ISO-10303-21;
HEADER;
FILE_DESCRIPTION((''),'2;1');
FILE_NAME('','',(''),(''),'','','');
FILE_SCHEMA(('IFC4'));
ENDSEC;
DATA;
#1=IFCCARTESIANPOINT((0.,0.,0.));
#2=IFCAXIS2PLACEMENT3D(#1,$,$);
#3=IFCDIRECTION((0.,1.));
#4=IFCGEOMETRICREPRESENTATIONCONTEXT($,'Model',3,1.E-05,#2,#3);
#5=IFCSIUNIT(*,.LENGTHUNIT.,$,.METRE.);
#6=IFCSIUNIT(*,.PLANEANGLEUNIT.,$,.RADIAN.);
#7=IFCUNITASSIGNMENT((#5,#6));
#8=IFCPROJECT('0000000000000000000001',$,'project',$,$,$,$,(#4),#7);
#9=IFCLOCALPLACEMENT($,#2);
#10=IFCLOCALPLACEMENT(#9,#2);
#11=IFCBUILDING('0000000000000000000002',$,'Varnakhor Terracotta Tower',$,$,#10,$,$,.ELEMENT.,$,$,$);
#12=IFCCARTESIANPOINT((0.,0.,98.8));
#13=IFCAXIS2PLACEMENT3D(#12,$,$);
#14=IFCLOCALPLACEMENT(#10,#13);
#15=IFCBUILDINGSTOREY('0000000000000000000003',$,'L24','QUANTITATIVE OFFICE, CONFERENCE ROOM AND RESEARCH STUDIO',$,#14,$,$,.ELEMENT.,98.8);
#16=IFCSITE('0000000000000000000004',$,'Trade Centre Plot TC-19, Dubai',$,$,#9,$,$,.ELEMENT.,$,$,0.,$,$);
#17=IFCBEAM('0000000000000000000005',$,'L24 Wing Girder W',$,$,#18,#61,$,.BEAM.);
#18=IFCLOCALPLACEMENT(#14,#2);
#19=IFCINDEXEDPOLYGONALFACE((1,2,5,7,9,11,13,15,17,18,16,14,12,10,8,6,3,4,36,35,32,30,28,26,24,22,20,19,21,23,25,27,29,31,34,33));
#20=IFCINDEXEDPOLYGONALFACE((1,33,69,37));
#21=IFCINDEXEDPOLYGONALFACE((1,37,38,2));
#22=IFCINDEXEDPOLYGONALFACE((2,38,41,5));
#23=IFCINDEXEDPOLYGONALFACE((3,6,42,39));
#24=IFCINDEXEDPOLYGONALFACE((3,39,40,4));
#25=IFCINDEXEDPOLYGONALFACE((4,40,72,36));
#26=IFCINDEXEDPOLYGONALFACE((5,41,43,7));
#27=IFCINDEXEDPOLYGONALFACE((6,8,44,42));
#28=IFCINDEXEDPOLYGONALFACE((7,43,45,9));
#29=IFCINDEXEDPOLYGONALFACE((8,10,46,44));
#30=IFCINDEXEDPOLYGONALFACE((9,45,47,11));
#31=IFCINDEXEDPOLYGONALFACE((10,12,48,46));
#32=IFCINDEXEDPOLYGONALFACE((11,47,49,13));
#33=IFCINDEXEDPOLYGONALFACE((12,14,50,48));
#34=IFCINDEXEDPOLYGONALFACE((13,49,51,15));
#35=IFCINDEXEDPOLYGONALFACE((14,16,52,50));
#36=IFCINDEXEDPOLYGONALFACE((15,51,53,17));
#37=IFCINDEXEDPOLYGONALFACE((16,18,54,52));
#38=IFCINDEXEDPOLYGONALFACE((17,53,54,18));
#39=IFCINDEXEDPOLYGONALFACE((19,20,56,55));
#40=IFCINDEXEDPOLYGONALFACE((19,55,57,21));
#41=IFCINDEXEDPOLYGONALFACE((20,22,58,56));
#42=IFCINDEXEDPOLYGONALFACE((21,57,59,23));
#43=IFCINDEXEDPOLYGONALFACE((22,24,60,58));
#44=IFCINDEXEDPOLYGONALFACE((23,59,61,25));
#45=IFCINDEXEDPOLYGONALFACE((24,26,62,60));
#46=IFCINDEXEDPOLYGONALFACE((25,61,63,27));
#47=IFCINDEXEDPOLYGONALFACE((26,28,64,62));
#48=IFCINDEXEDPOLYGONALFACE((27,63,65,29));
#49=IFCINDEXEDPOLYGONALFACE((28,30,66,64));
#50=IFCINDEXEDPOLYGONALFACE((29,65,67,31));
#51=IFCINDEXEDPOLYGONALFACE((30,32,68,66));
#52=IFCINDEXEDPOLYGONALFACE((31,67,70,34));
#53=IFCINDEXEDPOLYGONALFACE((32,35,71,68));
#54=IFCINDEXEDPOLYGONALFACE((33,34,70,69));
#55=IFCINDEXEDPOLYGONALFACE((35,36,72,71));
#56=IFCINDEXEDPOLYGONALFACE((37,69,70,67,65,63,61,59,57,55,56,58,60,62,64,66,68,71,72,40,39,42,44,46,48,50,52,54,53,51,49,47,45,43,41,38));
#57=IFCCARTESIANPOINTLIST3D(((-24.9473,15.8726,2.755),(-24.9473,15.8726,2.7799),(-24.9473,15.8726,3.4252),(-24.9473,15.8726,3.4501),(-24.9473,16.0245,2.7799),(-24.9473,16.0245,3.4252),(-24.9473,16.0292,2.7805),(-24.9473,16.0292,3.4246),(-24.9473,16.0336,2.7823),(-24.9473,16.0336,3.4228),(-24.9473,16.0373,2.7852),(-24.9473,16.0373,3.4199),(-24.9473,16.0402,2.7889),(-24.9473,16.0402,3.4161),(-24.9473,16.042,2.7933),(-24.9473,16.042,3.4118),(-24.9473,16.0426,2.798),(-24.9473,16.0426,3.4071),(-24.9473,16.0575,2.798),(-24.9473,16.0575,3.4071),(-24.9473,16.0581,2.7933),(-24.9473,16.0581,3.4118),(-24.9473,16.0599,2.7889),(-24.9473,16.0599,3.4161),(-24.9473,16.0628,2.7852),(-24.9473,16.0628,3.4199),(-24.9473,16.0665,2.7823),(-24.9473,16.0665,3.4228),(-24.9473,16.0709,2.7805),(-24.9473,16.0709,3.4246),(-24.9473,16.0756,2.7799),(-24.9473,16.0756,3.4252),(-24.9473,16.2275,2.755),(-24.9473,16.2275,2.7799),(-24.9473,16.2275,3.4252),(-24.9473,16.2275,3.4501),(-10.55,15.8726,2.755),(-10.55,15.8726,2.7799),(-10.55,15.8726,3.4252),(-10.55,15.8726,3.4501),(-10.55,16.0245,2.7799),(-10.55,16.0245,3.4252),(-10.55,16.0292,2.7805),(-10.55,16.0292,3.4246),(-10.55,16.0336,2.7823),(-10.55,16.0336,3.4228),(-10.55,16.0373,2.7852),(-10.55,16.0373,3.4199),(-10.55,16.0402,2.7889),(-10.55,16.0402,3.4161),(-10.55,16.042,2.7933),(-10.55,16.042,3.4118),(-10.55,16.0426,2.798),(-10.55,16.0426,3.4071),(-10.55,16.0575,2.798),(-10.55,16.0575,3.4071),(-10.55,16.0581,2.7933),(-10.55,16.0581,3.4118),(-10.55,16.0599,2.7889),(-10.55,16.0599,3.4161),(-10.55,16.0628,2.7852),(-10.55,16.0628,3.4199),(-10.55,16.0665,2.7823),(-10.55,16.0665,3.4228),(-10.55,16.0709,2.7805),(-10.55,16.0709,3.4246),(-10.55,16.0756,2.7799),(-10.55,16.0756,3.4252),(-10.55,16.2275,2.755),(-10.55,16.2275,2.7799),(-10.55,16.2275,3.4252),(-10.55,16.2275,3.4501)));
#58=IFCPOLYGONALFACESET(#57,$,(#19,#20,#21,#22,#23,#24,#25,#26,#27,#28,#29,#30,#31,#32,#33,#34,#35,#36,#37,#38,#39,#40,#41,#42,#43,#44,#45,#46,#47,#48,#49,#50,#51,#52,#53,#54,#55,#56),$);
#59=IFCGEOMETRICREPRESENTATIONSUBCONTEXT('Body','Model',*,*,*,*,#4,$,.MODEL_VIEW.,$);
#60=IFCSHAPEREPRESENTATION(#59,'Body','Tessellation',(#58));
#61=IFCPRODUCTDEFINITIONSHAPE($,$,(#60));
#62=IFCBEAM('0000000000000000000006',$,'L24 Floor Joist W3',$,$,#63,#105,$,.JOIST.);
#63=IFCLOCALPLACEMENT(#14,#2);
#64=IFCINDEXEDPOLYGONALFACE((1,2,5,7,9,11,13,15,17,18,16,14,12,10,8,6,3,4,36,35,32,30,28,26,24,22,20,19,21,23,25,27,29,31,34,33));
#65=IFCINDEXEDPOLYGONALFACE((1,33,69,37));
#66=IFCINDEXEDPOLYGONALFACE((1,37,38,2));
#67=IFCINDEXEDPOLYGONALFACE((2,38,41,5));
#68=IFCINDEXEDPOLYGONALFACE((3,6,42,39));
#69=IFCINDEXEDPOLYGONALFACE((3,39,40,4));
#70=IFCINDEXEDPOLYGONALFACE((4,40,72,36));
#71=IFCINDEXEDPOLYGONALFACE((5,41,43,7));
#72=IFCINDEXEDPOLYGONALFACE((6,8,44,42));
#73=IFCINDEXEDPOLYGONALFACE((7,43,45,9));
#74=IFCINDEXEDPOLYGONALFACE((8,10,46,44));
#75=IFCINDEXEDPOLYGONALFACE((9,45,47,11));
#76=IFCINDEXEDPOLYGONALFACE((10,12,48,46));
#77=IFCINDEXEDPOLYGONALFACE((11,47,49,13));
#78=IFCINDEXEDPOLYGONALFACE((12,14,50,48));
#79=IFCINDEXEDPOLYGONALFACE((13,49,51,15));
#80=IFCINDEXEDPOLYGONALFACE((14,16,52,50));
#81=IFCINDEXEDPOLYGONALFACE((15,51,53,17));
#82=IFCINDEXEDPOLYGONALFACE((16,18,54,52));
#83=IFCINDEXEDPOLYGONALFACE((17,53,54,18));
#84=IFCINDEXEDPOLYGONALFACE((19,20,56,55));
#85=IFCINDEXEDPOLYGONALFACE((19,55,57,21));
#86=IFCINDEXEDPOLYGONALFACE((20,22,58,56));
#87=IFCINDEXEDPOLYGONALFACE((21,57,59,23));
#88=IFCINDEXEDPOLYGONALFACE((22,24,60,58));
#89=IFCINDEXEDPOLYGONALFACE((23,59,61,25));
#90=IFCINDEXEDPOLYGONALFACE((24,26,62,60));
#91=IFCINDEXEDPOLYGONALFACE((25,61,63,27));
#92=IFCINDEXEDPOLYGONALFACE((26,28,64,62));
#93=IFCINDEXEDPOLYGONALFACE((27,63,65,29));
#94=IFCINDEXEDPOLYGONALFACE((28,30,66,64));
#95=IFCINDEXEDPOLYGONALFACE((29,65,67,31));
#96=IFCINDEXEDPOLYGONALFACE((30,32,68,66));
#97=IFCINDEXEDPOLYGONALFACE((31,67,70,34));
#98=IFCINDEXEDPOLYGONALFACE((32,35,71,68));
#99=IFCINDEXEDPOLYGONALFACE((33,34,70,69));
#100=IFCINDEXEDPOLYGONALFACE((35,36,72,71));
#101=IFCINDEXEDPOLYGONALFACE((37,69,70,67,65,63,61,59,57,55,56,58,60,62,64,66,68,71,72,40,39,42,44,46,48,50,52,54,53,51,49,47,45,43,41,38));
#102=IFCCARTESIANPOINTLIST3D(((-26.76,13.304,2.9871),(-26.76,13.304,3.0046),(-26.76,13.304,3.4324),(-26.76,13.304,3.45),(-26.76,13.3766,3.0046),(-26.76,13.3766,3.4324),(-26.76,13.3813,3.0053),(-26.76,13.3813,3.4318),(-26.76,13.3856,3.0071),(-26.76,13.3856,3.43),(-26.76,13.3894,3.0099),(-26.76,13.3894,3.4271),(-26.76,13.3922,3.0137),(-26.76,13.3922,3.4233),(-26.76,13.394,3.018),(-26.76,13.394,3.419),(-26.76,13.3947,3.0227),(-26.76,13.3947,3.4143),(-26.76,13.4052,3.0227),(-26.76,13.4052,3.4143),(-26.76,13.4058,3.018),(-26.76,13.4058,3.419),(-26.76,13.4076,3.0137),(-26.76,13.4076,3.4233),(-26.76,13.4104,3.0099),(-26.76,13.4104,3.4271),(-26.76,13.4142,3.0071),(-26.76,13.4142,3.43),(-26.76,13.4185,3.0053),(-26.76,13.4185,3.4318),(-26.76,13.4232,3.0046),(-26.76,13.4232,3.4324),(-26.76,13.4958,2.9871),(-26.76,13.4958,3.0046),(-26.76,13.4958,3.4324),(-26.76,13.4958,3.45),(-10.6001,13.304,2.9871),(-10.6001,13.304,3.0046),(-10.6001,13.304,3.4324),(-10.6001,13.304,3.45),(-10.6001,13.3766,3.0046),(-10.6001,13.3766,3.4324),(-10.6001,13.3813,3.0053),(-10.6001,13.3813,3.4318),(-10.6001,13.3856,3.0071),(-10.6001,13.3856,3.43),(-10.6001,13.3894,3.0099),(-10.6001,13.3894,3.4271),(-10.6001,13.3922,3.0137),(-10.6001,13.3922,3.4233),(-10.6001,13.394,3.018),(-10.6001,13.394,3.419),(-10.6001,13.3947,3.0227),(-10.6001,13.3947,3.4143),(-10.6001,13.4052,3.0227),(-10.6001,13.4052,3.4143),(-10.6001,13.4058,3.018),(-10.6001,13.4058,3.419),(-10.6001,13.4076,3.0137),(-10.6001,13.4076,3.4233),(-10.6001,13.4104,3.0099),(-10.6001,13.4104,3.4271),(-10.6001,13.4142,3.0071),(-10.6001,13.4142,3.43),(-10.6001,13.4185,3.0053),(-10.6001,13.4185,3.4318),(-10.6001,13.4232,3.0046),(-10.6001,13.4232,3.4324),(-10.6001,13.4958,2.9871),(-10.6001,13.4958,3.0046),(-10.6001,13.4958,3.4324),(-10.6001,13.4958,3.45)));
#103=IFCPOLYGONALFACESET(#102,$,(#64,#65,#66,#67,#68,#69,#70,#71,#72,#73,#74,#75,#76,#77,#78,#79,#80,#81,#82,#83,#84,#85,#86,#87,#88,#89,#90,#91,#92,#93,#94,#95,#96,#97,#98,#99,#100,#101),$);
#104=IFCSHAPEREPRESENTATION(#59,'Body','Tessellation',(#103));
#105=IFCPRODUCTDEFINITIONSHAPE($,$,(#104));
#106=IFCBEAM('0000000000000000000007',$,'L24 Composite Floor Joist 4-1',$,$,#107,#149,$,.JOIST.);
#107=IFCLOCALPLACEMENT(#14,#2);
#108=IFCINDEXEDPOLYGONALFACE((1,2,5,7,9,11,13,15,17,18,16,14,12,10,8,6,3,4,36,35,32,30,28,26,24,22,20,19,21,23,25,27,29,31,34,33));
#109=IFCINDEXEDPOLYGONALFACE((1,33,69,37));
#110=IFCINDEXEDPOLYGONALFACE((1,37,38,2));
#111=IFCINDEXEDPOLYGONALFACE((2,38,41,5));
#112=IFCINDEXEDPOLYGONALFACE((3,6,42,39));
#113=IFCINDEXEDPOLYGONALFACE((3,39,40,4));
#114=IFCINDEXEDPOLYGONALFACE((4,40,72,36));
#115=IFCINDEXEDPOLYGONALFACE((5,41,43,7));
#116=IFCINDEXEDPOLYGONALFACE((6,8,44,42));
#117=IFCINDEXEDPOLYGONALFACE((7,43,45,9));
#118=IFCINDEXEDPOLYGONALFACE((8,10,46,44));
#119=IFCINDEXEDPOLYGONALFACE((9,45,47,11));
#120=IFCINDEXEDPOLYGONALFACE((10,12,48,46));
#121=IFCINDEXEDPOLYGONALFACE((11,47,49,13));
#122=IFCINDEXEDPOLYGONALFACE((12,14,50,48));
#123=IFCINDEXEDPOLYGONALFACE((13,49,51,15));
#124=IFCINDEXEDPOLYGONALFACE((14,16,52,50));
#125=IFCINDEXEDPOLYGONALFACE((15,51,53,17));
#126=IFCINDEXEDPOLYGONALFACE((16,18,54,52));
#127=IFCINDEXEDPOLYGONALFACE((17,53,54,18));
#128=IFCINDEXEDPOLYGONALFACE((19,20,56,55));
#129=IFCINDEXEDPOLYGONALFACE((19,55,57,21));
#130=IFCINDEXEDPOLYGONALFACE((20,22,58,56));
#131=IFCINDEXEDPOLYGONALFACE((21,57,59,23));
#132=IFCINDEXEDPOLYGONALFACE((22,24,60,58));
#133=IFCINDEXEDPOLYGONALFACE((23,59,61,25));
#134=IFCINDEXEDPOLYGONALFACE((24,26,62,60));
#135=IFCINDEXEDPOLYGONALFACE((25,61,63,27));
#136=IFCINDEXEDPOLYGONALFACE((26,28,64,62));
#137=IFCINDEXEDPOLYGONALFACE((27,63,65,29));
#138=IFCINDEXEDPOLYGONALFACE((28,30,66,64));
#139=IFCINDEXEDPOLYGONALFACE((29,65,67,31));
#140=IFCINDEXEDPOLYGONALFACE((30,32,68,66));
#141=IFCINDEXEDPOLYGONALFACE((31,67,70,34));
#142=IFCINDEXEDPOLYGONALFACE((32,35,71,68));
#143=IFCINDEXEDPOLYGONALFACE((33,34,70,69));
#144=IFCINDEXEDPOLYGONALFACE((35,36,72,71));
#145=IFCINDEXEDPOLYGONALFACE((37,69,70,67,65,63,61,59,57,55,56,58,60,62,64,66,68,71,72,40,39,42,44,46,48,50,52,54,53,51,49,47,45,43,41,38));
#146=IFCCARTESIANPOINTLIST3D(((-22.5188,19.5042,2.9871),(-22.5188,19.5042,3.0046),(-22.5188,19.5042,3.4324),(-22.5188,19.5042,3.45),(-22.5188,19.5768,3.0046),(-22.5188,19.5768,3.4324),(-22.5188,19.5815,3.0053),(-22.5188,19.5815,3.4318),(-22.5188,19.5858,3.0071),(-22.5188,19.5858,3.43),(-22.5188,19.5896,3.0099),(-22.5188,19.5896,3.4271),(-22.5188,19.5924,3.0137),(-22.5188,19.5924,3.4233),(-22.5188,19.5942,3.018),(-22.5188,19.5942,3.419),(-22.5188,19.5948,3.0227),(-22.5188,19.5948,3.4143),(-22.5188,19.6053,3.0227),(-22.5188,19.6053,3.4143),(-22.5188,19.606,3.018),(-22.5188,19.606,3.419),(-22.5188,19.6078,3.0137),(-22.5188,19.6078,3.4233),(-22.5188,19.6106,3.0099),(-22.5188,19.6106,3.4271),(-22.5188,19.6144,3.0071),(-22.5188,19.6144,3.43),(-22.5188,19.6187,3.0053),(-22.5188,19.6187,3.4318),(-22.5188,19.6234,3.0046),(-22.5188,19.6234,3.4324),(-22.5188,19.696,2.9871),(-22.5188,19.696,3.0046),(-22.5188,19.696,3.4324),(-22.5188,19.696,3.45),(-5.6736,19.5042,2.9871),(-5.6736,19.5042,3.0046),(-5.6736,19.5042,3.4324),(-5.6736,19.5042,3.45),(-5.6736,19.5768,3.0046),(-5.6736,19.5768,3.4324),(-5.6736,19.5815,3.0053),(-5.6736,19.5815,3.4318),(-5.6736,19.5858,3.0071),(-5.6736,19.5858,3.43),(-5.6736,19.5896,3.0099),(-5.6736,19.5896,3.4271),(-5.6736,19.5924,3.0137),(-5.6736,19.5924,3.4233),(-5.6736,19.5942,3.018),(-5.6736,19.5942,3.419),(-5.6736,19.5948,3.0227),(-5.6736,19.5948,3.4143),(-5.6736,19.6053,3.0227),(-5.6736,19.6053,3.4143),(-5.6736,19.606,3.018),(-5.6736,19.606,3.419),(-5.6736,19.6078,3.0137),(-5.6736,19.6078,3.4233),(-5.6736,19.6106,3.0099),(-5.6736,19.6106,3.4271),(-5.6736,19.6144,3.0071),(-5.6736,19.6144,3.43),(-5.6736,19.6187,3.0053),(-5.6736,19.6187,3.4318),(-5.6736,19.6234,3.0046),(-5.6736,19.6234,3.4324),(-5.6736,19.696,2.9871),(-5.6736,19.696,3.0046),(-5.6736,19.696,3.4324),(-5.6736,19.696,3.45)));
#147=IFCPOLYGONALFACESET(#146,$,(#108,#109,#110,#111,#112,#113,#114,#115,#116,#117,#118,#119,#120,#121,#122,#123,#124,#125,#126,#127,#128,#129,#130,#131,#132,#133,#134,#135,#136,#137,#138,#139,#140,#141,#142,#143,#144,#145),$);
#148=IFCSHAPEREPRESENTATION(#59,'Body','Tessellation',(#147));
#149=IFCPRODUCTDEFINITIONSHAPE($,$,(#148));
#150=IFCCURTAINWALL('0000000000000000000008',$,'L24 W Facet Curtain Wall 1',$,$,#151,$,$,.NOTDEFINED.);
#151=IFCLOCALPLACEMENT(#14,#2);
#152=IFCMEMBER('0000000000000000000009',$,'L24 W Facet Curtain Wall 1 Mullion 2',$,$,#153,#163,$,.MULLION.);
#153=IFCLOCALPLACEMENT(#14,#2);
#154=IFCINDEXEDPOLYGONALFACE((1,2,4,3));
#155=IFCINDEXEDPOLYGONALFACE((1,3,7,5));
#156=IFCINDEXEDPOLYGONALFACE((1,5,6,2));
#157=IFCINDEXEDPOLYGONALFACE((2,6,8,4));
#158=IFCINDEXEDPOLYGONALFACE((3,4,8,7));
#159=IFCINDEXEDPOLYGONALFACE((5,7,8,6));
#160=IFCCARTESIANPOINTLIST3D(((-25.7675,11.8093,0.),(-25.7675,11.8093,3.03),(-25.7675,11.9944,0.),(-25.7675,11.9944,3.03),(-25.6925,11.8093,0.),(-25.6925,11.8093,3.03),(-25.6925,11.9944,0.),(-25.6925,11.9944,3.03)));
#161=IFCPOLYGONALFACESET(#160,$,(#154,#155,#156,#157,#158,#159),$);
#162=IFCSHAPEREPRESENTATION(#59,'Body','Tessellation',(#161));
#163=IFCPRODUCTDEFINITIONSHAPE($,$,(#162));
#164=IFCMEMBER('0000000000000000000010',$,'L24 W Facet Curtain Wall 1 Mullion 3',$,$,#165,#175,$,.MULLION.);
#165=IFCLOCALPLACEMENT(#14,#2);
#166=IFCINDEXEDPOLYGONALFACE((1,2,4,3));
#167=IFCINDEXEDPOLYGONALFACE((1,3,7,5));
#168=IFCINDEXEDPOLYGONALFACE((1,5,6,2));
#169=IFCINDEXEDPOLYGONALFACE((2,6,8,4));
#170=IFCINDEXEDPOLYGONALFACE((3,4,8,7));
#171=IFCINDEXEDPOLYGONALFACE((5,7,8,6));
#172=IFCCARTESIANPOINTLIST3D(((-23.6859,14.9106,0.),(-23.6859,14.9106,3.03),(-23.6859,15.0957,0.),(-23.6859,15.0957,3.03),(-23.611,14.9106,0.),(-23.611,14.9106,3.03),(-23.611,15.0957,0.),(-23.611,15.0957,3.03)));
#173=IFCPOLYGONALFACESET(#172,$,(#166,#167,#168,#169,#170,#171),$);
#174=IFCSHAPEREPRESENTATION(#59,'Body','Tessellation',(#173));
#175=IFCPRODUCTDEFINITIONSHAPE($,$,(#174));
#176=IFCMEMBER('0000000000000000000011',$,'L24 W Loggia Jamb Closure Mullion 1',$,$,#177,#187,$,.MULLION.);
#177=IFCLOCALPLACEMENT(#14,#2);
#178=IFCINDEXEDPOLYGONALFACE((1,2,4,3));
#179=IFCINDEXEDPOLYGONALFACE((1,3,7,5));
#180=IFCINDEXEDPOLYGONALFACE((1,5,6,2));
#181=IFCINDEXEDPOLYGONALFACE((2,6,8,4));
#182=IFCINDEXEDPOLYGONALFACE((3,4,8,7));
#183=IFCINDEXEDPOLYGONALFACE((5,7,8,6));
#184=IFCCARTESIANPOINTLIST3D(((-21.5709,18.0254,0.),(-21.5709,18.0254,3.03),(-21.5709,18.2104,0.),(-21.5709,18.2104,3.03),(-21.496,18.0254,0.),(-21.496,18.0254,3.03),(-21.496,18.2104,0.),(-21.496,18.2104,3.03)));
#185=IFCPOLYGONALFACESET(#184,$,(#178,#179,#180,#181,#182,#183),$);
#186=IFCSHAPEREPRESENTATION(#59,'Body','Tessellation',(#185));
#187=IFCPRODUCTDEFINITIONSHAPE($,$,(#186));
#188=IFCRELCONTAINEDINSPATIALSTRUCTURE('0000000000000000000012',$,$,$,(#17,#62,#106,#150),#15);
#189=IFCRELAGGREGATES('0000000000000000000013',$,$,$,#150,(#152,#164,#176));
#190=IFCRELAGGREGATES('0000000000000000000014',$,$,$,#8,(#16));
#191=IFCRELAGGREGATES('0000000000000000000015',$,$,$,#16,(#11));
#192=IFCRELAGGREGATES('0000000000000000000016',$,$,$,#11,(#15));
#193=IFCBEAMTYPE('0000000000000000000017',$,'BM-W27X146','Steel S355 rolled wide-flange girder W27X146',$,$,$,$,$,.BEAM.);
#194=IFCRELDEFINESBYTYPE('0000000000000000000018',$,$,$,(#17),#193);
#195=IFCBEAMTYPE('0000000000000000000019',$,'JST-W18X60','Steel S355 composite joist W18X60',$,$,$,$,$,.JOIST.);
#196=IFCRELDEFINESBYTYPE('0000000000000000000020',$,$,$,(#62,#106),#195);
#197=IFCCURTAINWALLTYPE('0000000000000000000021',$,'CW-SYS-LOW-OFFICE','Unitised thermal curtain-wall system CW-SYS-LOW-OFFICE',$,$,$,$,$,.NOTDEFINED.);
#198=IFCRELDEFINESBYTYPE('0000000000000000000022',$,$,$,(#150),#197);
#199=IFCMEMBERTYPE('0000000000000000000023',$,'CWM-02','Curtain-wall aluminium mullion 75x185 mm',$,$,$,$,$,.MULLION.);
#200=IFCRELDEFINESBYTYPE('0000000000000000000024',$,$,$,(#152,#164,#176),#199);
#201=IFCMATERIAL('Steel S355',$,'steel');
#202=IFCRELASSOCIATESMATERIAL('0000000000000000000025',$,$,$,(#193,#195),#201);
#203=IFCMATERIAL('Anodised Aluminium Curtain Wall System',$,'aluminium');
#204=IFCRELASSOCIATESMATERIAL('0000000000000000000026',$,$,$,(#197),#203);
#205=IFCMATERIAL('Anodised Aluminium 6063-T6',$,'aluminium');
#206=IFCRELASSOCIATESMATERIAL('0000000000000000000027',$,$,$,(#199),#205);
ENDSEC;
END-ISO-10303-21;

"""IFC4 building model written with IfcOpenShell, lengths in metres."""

from ifc_helpers import new_model, si_unit, direction, frame, origin, origin_2d, place, context, subcontext, project, spatial, rectangle, i_section, extrude, source, transform, mapped, material, material_profile, profile_set, type_object, type_shapes, element, aggregate, save


model = new_model("IFC4")

# Units and contexts
model_context = context("Model", 3, precision=1e-05, world=origin(), true_north=direction((0.0, 1.0)))
body_context = subcontext(model_context, "Body", "Model", "MODEL_VIEW")
ifc_project = project(units=[si_unit("LENGTHUNIT", "METRE"), si_unit("PLANEANGLEUNIT", "RADIAN")], contexts=[model_context])

# Site, building, storey
site_placement = place(None, origin())
site = spatial("IfcSite", under=ifc_project, at=site_placement, Name="Trade Centre Plot TC-19, Dubai", CompositionType="ELEMENT", RefElevation=0.0)
building_placement = place(site_placement, origin())
building = spatial("IfcBuilding", under=site, at=building_placement, Name="Varnakhor Terracotta Tower", CompositionType="ELEMENT")
storey_placement = place(building_placement, frame((0.0, 0.0, 98.8)))
storey = spatial("IfcBuildingStorey", under=building, at=storey_placement, Name="L24", Description="QUANTITATIVE OFFICE, CONFERENCE ROOM AND RESEARCH STUDIO", CompositionType="ELEMENT", Elevation=98.8)

# Beams
ifc_material_1 = material(Name="Steel S355", Category="steel")
ifc_material_profile_1 = material_profile(ifc_material_1, i_section(OverallWidth=0.355, OverallDepth=0.6951, WebThickness=0.0149, FlangeThickness=0.0249, FilletRadius=0.0181, at=origin_2d()), Name="W27X146")
ifc_profile_set_1 = profile_set([ifc_material_profile_1], Name="Steel S355")
beam_type_1 = type_object("IfcBeamType", Name="BM-W27X146", Description="Steel S355 rolled wide-flange girder W27X146", PredefinedType="BEAM", material=ifc_profile_set_1)
shared_shape_1 = source(origin(), body_context, "Body", "SweptSolid", [
    extrude(i_section(OverallWidth=0.355, OverallDepth=0.6951, WebThickness=0.0149, FlangeThickness=0.0249, FilletRadius=0.0181, at=origin_2d()), origin(), (0.0, 0.0, 1.0), 14.3972),
])
beam_1_placement = place(storey_placement, frame((-24.9473, 16.05, 3.1025), z_axis=(1.0, 0.0, 0.0), x_axis=(0.0, 1.0, 0.0)))
element("IfcBeam", 1, at=beam_1_placement, inside=storey, type_object=beam_type_1, Name="L24 Wing Girder W", PredefinedType="BEAM", context=body_context, shape_type="MappedRepresentation", body=[
    mapped(shared_shape_1, transform((0.0, 0.0, 0.0), scale=1.0)),
])
ifc_material_profile_2 = material_profile(ifc_material_1, i_section(OverallWidth=0.1919, OverallDepth=0.4629, WebThickness=0.0105, FlangeThickness=0.0176, FilletRadius=0.0181, at=origin_2d()), Name="W18X60")
ifc_profile_set_2 = profile_set([ifc_material_profile_2], Name="Steel S355")
beam_type_2 = type_object("IfcBeamType", Name="JST-W18X60", Description="Steel S355 composite joist W18X60", PredefinedType="JOIST", material=ifc_profile_set_2)
shared_shape_2 = source(origin(), body_context, "Body", "SweptSolid", [
    extrude(i_section(OverallWidth=0.1919, OverallDepth=0.4629, WebThickness=0.0105, FlangeThickness=0.0176, FilletRadius=0.0181, at=origin_2d()), origin(), (0.0, 0.0, 1.0), 16.1599),
])
beam_2_placement = place(storey_placement, frame((-26.76, 13.3999, 3.2185), z_axis=(1.0, 0.0, 0.0), x_axis=(0.0, 1.0, 0.0)))
element("IfcBeam", 2, at=beam_2_placement, inside=storey, type_object=beam_type_2, Name="L24 Floor Joist W3", PredefinedType="JOIST", context=body_context, shape_type="MappedRepresentation", body=[
    mapped(shared_shape_2, transform((0.0, 0.0, 0.0), scale=1.0)),
])
shared_shape_3 = source(origin(), body_context, "Body", "SweptSolid", [
    extrude(i_section(OverallWidth=0.1919, OverallDepth=0.4629, WebThickness=0.0105, FlangeThickness=0.0176, FilletRadius=0.0181, at=origin_2d()), origin(), (0.0, 0.0, 1.0), 16.8452),
])
beam_3_placement = place(storey_placement, frame((-22.5188, 19.6001, 3.2185), z_axis=(1.0, 0.0, 0.0), x_axis=(0.0, 1.0, 0.0)))
element("IfcBeam", 3, at=beam_3_placement, inside=storey, type_object=beam_type_2, Name="L24 Composite Floor Joist 4-1", PredefinedType="JOIST", context=body_context, shape_type="MappedRepresentation", body=[
    mapped(shared_shape_3, transform((0.0, 0.0, 0.0), scale=1.0)),
])

# Curtain wall, members
ifc_material_2 = material(Name="Anodised Aluminium Curtain Wall System", Category="aluminium")
curtain_wall_type = type_object("IfcCurtainWallType", Name="CW-SYS-LOW-OFFICE", Description="Unitised thermal curtain-wall system CW-SYS-LOW-OFFICE", PredefinedType="NOTDEFINED", material=ifc_material_2)
curtain_wall_placement = place(storey_placement, origin())
curtain_wall = element("IfcCurtainWall", 4, at=curtain_wall_placement, inside=storey, type_object=curtain_wall_type, Name="L24 W Facet Curtain Wall 1", PredefinedType="NOTDEFINED")
ifc_material_3 = material(Name="Anodised Aluminium 6063-T6", Category="aluminium")
ifc_material_profile_3 = material_profile(ifc_material_3, rectangle(XDim=0.075, YDim=0.1851, at=origin_2d()), Name="ALU MULLION 75x185")
ifc_profile_set_3 = profile_set([ifc_material_profile_3], Name="Anodised Aluminium 6063-T6")
member_type_1 = type_object("IfcMemberType", Name="CWM-02", Description="Curtain-wall aluminium mullion 75x185 mm", PredefinedType="MULLION", material=ifc_profile_set_3)
shared_shape_4 = source(origin(), body_context, "Body", "SweptSolid", [
    extrude(rectangle(XDim=0.075, YDim=0.1851, at=origin_2d()), origin(), (0.0, 0.0, 1.0), 3.03),
])
type_shapes(member_type_1, [shared_shape_4])
member_1_placement = place(storey_placement, frame((-25.73, 11.9019, 0.0), z_axis=(0.0, 0.0, 1.0), x_axis=(1.0, 0.0, 0.0)))
member_1 = element("IfcMember", 5, at=member_1_placement, type_object=member_type_1, Name="L24 W Facet Curtain Wall 1 Mullion 2", PredefinedType="MULLION", context=body_context, shape_type="MappedRepresentation", body=[
    mapped(shared_shape_4, transform((0.0, 0.0, 0.0), scale=1.0)),
])
member_2_placement = place(storey_placement, frame((-23.6484, 15.0032, 0.0), z_axis=(0.0, 0.0, 1.0), x_axis=(1.0, 0.0, 0.0)))
member_2 = element("IfcMember", 6, at=member_2_placement, type_object=member_type_1, Name="L24 W Facet Curtain Wall 1 Mullion 3", PredefinedType="MULLION", context=body_context, shape_type="MappedRepresentation", body=[
    mapped(shared_shape_4, transform((0.0, 0.0, 0.0), scale=1.0)),
])
member_3_placement = place(storey_placement, frame((-21.5334, 18.1179, 0.0), z_axis=(0.0, 0.0, 1.0), x_axis=(1.0, 0.0, 0.0)))
member_3 = element("IfcMember", 7, at=member_3_placement, type_object=member_type_1, Name="L24 W Loggia Jamb Closure Mullion 1", PredefinedType="MULLION", context=body_context, shape_type="MappedRepresentation", body=[
    mapped(shared_shape_4, transform((0.0, 0.0, 0.0), scale=1.0)),
])

aggregate(curtain_wall, [member_1, member_2, member_3])

save(model, "model.ifc")
